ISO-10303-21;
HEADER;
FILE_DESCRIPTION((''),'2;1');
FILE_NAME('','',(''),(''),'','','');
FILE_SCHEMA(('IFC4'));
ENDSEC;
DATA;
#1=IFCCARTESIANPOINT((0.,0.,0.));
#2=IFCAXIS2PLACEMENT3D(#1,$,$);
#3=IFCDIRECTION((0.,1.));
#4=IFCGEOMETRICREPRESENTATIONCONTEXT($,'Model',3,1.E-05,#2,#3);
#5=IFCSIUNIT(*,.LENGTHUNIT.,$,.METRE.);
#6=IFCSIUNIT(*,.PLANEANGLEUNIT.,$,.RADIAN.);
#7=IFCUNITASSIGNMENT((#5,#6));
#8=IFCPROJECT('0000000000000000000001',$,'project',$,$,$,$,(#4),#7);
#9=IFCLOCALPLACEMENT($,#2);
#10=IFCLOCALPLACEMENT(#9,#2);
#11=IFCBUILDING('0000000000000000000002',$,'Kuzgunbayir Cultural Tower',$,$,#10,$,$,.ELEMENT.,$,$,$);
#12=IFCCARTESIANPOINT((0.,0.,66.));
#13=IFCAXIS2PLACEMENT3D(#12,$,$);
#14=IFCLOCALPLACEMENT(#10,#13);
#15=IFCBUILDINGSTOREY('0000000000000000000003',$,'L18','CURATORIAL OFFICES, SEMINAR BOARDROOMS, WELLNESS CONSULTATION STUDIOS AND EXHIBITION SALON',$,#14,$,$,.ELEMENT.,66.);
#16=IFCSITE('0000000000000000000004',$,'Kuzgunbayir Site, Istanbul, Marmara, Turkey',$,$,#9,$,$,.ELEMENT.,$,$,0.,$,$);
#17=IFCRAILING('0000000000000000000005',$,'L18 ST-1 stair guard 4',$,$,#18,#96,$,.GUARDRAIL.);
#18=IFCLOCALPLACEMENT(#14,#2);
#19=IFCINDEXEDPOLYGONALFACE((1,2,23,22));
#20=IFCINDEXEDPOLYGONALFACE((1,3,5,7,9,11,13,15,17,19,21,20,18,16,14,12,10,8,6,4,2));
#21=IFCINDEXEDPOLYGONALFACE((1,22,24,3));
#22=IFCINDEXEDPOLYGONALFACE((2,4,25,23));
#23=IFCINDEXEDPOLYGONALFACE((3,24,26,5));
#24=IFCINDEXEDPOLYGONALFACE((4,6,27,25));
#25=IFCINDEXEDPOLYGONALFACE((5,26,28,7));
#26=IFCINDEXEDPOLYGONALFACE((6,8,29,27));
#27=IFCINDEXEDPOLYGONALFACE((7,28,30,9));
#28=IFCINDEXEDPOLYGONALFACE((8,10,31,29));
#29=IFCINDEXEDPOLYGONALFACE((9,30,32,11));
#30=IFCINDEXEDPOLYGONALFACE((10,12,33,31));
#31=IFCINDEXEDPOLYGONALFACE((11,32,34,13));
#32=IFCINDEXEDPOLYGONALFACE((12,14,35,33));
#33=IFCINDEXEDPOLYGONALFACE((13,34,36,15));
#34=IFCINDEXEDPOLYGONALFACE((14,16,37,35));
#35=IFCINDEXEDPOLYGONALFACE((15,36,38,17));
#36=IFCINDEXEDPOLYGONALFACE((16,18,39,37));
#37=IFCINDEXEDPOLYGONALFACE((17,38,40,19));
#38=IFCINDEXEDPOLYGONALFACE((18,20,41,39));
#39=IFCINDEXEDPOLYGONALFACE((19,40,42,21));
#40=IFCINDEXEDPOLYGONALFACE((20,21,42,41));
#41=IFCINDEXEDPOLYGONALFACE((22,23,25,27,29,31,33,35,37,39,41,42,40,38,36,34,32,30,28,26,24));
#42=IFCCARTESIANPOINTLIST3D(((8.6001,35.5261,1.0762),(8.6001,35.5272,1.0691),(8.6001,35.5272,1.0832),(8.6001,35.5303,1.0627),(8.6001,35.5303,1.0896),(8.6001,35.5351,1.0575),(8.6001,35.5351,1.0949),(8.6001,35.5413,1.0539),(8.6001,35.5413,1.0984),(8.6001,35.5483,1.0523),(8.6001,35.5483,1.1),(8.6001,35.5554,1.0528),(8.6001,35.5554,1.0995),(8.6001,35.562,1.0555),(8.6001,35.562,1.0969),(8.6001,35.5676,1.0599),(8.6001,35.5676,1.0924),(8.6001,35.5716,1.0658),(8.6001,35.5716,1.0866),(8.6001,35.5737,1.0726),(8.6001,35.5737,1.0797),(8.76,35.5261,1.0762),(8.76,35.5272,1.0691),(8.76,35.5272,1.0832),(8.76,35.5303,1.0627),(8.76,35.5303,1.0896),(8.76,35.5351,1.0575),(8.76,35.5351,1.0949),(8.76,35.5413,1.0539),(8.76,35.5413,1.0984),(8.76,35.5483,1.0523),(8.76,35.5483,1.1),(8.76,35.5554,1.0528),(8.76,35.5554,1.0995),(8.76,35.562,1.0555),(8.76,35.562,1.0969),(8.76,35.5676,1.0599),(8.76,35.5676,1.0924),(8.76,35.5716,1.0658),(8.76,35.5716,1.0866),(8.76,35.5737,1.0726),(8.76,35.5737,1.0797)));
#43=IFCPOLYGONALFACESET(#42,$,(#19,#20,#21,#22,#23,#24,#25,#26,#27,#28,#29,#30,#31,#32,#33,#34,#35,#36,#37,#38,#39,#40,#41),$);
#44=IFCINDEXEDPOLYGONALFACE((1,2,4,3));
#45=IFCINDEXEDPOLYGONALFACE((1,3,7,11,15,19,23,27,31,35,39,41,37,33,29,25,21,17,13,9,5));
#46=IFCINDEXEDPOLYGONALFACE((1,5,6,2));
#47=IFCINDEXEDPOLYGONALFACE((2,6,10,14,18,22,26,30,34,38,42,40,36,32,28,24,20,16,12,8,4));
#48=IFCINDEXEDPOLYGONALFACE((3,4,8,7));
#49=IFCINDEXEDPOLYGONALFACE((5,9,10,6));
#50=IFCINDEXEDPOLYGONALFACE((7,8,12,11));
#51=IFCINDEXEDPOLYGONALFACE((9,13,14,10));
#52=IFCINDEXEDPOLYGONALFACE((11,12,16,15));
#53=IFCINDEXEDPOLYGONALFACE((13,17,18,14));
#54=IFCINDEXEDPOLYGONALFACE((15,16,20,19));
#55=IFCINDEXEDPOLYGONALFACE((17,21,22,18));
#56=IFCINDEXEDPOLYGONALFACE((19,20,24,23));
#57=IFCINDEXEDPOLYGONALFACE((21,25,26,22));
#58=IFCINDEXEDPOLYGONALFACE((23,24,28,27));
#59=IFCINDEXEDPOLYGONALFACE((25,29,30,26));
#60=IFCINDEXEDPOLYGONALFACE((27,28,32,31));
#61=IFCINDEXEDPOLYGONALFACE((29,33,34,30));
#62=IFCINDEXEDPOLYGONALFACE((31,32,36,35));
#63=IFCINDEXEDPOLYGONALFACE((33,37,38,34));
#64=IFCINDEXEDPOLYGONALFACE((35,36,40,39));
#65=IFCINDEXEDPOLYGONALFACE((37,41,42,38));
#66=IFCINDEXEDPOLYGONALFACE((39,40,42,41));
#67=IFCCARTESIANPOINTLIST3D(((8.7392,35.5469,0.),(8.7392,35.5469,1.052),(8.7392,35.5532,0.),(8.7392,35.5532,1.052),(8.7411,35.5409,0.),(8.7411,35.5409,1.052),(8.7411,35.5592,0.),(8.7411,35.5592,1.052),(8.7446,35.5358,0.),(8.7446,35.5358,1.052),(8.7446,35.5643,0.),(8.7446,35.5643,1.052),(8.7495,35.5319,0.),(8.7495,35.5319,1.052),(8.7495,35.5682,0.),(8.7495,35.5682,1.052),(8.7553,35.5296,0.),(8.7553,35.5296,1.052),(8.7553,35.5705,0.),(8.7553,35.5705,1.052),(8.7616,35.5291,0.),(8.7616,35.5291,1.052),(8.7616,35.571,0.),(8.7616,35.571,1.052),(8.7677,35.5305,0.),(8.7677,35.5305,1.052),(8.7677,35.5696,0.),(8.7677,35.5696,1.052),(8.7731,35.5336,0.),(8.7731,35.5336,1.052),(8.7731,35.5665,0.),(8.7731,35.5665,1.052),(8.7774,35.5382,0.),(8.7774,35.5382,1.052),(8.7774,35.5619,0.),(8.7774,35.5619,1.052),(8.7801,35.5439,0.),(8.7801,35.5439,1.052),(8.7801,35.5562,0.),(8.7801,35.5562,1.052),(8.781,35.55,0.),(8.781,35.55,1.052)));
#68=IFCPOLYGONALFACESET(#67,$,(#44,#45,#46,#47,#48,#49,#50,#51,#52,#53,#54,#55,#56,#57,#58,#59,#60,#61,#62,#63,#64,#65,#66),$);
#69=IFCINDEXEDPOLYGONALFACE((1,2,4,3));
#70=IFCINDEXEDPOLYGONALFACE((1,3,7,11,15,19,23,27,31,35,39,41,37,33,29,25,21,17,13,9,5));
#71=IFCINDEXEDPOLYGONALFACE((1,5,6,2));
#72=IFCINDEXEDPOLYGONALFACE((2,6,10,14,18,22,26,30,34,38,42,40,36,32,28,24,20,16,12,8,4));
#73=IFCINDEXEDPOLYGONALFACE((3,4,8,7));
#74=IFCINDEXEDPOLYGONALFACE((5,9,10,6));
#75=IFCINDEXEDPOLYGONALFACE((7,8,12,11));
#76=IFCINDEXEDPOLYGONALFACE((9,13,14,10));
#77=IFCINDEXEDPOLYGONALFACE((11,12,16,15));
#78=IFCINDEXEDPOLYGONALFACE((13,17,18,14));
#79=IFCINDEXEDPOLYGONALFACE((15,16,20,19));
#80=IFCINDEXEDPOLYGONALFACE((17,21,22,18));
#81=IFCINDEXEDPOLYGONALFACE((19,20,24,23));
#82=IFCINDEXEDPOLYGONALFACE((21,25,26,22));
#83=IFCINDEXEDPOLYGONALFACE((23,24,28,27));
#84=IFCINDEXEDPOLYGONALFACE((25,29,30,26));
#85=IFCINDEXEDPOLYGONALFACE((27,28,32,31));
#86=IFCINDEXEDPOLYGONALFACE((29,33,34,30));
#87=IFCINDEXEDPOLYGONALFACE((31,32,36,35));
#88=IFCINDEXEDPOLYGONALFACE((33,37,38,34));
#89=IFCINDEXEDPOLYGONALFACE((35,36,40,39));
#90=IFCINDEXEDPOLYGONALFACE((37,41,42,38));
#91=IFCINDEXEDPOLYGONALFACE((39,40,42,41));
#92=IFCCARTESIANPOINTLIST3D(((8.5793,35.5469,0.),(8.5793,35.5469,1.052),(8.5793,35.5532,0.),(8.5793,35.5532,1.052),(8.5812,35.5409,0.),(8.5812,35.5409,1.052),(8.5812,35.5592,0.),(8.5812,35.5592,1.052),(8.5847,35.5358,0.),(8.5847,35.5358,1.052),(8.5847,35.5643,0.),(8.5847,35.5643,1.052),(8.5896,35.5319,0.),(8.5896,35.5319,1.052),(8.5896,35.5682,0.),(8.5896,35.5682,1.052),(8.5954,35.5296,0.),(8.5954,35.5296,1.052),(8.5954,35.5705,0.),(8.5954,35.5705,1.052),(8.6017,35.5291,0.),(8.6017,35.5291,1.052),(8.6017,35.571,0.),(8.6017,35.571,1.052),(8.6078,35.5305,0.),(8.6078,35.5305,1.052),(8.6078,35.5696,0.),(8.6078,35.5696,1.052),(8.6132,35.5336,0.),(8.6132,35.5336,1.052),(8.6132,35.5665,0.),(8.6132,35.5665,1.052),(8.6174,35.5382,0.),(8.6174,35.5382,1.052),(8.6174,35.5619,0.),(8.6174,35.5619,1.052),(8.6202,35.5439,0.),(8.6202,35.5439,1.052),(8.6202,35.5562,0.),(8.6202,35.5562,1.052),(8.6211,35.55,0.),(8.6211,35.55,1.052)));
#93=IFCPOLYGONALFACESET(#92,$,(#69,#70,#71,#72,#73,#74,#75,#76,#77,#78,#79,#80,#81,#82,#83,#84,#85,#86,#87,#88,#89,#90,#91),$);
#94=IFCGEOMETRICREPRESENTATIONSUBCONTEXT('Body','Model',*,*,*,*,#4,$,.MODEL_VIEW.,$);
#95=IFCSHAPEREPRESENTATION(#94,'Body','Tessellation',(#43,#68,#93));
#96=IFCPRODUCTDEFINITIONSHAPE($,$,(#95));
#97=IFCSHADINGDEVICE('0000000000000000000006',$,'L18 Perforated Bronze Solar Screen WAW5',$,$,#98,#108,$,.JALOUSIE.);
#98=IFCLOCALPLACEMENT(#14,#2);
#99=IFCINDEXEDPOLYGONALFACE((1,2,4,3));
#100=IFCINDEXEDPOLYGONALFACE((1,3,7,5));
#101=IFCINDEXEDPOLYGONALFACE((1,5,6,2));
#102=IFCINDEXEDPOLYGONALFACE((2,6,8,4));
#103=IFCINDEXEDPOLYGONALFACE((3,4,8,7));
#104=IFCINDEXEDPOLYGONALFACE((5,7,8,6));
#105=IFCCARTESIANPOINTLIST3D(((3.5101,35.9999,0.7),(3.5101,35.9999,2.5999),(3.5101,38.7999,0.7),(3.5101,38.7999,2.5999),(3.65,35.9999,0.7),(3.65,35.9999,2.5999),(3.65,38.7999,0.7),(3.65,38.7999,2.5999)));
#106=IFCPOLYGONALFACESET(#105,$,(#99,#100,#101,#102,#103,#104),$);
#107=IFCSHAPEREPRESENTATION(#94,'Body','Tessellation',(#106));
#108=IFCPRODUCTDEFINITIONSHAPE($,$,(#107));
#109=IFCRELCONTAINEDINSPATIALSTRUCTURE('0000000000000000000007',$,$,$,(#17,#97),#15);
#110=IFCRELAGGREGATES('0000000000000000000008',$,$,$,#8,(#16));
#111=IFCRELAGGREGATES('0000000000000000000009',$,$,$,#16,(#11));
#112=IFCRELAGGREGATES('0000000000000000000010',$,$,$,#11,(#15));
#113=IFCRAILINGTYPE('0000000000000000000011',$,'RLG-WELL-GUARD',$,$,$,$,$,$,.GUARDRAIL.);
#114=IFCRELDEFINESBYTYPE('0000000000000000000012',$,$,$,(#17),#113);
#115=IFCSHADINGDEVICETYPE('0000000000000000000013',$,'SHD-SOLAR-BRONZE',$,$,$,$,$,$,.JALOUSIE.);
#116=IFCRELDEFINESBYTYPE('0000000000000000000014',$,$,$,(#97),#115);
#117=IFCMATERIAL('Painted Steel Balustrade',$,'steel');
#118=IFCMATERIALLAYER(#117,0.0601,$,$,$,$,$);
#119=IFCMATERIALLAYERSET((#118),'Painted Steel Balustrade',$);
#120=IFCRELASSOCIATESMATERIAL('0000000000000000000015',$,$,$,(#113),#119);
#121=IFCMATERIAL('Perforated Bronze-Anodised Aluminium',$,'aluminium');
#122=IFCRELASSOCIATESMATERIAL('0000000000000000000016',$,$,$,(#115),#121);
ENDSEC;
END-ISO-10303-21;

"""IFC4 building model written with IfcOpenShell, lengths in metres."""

from ifc_helpers import new_model, si_unit, direction, frame, origin, origin_2d, place, context, subcontext, project, spatial, rectangle, circle, extrude, material, layer, layer_set, type_object, element, save


model = new_model("IFC4")

# Units and contexts
model_context = context("Model", 3, precision=1e-05, world=origin(), true_north=direction((0.0, 1.0)))
body_context = subcontext(model_context, "Body", "Model", "MODEL_VIEW")
ifc_project = project(units=[si_unit("LENGTHUNIT", "METRE"), si_unit("PLANEANGLEUNIT", "RADIAN")], contexts=[model_context])

# Site, building, storey
site_placement = place(None, origin())
site = spatial("IfcSite", under=ifc_project, at=site_placement, Name="Kuzgunbayir Site, Istanbul, Marmara, Turkey", CompositionType="ELEMENT", RefElevation=0.0)
building_placement = place(site_placement, origin())
building = spatial("IfcBuilding", under=site, at=building_placement, Name="Kuzgunbayir Cultural Tower", CompositionType="ELEMENT")
storey_placement = place(building_placement, frame((0.0, 0.0, 66.0)))
storey = spatial("IfcBuildingStorey", under=building, at=storey_placement, Name="L18", Description="CURATORIAL OFFICES, SEMINAR BOARDROOMS, WELLNESS CONSULTATION STUDIOS AND EXHIBITION SALON", CompositionType="ELEMENT", Elevation=66.0)

# Railing
ifc_material_1 = material(Name="Painted Steel Balustrade", Category="steel")
ifc_layer_1 = layer(ifc_material_1, 0.0601)
ifc_layer_set_1 = layer_set([ifc_layer_1], Name="Painted Steel Balustrade")
railing_type_1 = type_object("IfcRailingType", Name="RLG-WELL-GUARD", PredefinedType="GUARDRAIL", material=ifc_layer_set_1)
railing_1_placement = place(storey_placement, frame((8.76, 35.55, 0.0)))
element("IfcRailing", 1, at=railing_1_placement, inside=storey, type_object=railing_type_1, Name="L18 ST-1 stair guard 4", PredefinedType="GUARDRAIL", context=body_context, shape_type="SweptSolid", body=[
    extrude(circle(Radius=0.0239, at=origin_2d()), frame((0.0, 0.0, 1.0762), z_axis=(-1.0, 0.0, 0.0), x_axis=(0.0, -1.0, 0.0)), (0.0, 0.0, 1.0), 0.1599),
    extrude(circle(Radius=0.021, at=origin_2d()), origin(), (0.0, 0.0, 1.0), 1.052),
    extrude(circle(Radius=0.021, at=origin_2d()), frame((-0.1599, 0.0, 0.0)), (0.0, 0.0, 1.0), 1.052),
])

# Shading device
ifc_material_2 = material(Name="Perforated Bronze-Anodised Aluminium", Category="aluminium")
shading_device_type = type_object("IfcShadingDeviceType", Name="SHD-SOLAR-BRONZE", PredefinedType="JALOUSIE", material=ifc_material_2)
shading_device_placement = place(storey_placement, frame((3.5801, 37.3999, 0.7), z_axis=(0.0, 0.0, 1.0), x_axis=(1.0, 0.0, 0.0)))
element("IfcShadingDevice", 2, at=shading_device_placement, inside=storey, type_object=shading_device_type, Name="L18 Perforated Bronze Solar Screen WAW5", PredefinedType="JALOUSIE", context=body_context, shape_type="SweptSolid", body=[
    extrude(rectangle(XDim=0.1399, YDim=2.8, at=origin_2d()), origin(), (0.0, 0.0, 1.0), 1.8999),
])

save(model, "model.ifc")
